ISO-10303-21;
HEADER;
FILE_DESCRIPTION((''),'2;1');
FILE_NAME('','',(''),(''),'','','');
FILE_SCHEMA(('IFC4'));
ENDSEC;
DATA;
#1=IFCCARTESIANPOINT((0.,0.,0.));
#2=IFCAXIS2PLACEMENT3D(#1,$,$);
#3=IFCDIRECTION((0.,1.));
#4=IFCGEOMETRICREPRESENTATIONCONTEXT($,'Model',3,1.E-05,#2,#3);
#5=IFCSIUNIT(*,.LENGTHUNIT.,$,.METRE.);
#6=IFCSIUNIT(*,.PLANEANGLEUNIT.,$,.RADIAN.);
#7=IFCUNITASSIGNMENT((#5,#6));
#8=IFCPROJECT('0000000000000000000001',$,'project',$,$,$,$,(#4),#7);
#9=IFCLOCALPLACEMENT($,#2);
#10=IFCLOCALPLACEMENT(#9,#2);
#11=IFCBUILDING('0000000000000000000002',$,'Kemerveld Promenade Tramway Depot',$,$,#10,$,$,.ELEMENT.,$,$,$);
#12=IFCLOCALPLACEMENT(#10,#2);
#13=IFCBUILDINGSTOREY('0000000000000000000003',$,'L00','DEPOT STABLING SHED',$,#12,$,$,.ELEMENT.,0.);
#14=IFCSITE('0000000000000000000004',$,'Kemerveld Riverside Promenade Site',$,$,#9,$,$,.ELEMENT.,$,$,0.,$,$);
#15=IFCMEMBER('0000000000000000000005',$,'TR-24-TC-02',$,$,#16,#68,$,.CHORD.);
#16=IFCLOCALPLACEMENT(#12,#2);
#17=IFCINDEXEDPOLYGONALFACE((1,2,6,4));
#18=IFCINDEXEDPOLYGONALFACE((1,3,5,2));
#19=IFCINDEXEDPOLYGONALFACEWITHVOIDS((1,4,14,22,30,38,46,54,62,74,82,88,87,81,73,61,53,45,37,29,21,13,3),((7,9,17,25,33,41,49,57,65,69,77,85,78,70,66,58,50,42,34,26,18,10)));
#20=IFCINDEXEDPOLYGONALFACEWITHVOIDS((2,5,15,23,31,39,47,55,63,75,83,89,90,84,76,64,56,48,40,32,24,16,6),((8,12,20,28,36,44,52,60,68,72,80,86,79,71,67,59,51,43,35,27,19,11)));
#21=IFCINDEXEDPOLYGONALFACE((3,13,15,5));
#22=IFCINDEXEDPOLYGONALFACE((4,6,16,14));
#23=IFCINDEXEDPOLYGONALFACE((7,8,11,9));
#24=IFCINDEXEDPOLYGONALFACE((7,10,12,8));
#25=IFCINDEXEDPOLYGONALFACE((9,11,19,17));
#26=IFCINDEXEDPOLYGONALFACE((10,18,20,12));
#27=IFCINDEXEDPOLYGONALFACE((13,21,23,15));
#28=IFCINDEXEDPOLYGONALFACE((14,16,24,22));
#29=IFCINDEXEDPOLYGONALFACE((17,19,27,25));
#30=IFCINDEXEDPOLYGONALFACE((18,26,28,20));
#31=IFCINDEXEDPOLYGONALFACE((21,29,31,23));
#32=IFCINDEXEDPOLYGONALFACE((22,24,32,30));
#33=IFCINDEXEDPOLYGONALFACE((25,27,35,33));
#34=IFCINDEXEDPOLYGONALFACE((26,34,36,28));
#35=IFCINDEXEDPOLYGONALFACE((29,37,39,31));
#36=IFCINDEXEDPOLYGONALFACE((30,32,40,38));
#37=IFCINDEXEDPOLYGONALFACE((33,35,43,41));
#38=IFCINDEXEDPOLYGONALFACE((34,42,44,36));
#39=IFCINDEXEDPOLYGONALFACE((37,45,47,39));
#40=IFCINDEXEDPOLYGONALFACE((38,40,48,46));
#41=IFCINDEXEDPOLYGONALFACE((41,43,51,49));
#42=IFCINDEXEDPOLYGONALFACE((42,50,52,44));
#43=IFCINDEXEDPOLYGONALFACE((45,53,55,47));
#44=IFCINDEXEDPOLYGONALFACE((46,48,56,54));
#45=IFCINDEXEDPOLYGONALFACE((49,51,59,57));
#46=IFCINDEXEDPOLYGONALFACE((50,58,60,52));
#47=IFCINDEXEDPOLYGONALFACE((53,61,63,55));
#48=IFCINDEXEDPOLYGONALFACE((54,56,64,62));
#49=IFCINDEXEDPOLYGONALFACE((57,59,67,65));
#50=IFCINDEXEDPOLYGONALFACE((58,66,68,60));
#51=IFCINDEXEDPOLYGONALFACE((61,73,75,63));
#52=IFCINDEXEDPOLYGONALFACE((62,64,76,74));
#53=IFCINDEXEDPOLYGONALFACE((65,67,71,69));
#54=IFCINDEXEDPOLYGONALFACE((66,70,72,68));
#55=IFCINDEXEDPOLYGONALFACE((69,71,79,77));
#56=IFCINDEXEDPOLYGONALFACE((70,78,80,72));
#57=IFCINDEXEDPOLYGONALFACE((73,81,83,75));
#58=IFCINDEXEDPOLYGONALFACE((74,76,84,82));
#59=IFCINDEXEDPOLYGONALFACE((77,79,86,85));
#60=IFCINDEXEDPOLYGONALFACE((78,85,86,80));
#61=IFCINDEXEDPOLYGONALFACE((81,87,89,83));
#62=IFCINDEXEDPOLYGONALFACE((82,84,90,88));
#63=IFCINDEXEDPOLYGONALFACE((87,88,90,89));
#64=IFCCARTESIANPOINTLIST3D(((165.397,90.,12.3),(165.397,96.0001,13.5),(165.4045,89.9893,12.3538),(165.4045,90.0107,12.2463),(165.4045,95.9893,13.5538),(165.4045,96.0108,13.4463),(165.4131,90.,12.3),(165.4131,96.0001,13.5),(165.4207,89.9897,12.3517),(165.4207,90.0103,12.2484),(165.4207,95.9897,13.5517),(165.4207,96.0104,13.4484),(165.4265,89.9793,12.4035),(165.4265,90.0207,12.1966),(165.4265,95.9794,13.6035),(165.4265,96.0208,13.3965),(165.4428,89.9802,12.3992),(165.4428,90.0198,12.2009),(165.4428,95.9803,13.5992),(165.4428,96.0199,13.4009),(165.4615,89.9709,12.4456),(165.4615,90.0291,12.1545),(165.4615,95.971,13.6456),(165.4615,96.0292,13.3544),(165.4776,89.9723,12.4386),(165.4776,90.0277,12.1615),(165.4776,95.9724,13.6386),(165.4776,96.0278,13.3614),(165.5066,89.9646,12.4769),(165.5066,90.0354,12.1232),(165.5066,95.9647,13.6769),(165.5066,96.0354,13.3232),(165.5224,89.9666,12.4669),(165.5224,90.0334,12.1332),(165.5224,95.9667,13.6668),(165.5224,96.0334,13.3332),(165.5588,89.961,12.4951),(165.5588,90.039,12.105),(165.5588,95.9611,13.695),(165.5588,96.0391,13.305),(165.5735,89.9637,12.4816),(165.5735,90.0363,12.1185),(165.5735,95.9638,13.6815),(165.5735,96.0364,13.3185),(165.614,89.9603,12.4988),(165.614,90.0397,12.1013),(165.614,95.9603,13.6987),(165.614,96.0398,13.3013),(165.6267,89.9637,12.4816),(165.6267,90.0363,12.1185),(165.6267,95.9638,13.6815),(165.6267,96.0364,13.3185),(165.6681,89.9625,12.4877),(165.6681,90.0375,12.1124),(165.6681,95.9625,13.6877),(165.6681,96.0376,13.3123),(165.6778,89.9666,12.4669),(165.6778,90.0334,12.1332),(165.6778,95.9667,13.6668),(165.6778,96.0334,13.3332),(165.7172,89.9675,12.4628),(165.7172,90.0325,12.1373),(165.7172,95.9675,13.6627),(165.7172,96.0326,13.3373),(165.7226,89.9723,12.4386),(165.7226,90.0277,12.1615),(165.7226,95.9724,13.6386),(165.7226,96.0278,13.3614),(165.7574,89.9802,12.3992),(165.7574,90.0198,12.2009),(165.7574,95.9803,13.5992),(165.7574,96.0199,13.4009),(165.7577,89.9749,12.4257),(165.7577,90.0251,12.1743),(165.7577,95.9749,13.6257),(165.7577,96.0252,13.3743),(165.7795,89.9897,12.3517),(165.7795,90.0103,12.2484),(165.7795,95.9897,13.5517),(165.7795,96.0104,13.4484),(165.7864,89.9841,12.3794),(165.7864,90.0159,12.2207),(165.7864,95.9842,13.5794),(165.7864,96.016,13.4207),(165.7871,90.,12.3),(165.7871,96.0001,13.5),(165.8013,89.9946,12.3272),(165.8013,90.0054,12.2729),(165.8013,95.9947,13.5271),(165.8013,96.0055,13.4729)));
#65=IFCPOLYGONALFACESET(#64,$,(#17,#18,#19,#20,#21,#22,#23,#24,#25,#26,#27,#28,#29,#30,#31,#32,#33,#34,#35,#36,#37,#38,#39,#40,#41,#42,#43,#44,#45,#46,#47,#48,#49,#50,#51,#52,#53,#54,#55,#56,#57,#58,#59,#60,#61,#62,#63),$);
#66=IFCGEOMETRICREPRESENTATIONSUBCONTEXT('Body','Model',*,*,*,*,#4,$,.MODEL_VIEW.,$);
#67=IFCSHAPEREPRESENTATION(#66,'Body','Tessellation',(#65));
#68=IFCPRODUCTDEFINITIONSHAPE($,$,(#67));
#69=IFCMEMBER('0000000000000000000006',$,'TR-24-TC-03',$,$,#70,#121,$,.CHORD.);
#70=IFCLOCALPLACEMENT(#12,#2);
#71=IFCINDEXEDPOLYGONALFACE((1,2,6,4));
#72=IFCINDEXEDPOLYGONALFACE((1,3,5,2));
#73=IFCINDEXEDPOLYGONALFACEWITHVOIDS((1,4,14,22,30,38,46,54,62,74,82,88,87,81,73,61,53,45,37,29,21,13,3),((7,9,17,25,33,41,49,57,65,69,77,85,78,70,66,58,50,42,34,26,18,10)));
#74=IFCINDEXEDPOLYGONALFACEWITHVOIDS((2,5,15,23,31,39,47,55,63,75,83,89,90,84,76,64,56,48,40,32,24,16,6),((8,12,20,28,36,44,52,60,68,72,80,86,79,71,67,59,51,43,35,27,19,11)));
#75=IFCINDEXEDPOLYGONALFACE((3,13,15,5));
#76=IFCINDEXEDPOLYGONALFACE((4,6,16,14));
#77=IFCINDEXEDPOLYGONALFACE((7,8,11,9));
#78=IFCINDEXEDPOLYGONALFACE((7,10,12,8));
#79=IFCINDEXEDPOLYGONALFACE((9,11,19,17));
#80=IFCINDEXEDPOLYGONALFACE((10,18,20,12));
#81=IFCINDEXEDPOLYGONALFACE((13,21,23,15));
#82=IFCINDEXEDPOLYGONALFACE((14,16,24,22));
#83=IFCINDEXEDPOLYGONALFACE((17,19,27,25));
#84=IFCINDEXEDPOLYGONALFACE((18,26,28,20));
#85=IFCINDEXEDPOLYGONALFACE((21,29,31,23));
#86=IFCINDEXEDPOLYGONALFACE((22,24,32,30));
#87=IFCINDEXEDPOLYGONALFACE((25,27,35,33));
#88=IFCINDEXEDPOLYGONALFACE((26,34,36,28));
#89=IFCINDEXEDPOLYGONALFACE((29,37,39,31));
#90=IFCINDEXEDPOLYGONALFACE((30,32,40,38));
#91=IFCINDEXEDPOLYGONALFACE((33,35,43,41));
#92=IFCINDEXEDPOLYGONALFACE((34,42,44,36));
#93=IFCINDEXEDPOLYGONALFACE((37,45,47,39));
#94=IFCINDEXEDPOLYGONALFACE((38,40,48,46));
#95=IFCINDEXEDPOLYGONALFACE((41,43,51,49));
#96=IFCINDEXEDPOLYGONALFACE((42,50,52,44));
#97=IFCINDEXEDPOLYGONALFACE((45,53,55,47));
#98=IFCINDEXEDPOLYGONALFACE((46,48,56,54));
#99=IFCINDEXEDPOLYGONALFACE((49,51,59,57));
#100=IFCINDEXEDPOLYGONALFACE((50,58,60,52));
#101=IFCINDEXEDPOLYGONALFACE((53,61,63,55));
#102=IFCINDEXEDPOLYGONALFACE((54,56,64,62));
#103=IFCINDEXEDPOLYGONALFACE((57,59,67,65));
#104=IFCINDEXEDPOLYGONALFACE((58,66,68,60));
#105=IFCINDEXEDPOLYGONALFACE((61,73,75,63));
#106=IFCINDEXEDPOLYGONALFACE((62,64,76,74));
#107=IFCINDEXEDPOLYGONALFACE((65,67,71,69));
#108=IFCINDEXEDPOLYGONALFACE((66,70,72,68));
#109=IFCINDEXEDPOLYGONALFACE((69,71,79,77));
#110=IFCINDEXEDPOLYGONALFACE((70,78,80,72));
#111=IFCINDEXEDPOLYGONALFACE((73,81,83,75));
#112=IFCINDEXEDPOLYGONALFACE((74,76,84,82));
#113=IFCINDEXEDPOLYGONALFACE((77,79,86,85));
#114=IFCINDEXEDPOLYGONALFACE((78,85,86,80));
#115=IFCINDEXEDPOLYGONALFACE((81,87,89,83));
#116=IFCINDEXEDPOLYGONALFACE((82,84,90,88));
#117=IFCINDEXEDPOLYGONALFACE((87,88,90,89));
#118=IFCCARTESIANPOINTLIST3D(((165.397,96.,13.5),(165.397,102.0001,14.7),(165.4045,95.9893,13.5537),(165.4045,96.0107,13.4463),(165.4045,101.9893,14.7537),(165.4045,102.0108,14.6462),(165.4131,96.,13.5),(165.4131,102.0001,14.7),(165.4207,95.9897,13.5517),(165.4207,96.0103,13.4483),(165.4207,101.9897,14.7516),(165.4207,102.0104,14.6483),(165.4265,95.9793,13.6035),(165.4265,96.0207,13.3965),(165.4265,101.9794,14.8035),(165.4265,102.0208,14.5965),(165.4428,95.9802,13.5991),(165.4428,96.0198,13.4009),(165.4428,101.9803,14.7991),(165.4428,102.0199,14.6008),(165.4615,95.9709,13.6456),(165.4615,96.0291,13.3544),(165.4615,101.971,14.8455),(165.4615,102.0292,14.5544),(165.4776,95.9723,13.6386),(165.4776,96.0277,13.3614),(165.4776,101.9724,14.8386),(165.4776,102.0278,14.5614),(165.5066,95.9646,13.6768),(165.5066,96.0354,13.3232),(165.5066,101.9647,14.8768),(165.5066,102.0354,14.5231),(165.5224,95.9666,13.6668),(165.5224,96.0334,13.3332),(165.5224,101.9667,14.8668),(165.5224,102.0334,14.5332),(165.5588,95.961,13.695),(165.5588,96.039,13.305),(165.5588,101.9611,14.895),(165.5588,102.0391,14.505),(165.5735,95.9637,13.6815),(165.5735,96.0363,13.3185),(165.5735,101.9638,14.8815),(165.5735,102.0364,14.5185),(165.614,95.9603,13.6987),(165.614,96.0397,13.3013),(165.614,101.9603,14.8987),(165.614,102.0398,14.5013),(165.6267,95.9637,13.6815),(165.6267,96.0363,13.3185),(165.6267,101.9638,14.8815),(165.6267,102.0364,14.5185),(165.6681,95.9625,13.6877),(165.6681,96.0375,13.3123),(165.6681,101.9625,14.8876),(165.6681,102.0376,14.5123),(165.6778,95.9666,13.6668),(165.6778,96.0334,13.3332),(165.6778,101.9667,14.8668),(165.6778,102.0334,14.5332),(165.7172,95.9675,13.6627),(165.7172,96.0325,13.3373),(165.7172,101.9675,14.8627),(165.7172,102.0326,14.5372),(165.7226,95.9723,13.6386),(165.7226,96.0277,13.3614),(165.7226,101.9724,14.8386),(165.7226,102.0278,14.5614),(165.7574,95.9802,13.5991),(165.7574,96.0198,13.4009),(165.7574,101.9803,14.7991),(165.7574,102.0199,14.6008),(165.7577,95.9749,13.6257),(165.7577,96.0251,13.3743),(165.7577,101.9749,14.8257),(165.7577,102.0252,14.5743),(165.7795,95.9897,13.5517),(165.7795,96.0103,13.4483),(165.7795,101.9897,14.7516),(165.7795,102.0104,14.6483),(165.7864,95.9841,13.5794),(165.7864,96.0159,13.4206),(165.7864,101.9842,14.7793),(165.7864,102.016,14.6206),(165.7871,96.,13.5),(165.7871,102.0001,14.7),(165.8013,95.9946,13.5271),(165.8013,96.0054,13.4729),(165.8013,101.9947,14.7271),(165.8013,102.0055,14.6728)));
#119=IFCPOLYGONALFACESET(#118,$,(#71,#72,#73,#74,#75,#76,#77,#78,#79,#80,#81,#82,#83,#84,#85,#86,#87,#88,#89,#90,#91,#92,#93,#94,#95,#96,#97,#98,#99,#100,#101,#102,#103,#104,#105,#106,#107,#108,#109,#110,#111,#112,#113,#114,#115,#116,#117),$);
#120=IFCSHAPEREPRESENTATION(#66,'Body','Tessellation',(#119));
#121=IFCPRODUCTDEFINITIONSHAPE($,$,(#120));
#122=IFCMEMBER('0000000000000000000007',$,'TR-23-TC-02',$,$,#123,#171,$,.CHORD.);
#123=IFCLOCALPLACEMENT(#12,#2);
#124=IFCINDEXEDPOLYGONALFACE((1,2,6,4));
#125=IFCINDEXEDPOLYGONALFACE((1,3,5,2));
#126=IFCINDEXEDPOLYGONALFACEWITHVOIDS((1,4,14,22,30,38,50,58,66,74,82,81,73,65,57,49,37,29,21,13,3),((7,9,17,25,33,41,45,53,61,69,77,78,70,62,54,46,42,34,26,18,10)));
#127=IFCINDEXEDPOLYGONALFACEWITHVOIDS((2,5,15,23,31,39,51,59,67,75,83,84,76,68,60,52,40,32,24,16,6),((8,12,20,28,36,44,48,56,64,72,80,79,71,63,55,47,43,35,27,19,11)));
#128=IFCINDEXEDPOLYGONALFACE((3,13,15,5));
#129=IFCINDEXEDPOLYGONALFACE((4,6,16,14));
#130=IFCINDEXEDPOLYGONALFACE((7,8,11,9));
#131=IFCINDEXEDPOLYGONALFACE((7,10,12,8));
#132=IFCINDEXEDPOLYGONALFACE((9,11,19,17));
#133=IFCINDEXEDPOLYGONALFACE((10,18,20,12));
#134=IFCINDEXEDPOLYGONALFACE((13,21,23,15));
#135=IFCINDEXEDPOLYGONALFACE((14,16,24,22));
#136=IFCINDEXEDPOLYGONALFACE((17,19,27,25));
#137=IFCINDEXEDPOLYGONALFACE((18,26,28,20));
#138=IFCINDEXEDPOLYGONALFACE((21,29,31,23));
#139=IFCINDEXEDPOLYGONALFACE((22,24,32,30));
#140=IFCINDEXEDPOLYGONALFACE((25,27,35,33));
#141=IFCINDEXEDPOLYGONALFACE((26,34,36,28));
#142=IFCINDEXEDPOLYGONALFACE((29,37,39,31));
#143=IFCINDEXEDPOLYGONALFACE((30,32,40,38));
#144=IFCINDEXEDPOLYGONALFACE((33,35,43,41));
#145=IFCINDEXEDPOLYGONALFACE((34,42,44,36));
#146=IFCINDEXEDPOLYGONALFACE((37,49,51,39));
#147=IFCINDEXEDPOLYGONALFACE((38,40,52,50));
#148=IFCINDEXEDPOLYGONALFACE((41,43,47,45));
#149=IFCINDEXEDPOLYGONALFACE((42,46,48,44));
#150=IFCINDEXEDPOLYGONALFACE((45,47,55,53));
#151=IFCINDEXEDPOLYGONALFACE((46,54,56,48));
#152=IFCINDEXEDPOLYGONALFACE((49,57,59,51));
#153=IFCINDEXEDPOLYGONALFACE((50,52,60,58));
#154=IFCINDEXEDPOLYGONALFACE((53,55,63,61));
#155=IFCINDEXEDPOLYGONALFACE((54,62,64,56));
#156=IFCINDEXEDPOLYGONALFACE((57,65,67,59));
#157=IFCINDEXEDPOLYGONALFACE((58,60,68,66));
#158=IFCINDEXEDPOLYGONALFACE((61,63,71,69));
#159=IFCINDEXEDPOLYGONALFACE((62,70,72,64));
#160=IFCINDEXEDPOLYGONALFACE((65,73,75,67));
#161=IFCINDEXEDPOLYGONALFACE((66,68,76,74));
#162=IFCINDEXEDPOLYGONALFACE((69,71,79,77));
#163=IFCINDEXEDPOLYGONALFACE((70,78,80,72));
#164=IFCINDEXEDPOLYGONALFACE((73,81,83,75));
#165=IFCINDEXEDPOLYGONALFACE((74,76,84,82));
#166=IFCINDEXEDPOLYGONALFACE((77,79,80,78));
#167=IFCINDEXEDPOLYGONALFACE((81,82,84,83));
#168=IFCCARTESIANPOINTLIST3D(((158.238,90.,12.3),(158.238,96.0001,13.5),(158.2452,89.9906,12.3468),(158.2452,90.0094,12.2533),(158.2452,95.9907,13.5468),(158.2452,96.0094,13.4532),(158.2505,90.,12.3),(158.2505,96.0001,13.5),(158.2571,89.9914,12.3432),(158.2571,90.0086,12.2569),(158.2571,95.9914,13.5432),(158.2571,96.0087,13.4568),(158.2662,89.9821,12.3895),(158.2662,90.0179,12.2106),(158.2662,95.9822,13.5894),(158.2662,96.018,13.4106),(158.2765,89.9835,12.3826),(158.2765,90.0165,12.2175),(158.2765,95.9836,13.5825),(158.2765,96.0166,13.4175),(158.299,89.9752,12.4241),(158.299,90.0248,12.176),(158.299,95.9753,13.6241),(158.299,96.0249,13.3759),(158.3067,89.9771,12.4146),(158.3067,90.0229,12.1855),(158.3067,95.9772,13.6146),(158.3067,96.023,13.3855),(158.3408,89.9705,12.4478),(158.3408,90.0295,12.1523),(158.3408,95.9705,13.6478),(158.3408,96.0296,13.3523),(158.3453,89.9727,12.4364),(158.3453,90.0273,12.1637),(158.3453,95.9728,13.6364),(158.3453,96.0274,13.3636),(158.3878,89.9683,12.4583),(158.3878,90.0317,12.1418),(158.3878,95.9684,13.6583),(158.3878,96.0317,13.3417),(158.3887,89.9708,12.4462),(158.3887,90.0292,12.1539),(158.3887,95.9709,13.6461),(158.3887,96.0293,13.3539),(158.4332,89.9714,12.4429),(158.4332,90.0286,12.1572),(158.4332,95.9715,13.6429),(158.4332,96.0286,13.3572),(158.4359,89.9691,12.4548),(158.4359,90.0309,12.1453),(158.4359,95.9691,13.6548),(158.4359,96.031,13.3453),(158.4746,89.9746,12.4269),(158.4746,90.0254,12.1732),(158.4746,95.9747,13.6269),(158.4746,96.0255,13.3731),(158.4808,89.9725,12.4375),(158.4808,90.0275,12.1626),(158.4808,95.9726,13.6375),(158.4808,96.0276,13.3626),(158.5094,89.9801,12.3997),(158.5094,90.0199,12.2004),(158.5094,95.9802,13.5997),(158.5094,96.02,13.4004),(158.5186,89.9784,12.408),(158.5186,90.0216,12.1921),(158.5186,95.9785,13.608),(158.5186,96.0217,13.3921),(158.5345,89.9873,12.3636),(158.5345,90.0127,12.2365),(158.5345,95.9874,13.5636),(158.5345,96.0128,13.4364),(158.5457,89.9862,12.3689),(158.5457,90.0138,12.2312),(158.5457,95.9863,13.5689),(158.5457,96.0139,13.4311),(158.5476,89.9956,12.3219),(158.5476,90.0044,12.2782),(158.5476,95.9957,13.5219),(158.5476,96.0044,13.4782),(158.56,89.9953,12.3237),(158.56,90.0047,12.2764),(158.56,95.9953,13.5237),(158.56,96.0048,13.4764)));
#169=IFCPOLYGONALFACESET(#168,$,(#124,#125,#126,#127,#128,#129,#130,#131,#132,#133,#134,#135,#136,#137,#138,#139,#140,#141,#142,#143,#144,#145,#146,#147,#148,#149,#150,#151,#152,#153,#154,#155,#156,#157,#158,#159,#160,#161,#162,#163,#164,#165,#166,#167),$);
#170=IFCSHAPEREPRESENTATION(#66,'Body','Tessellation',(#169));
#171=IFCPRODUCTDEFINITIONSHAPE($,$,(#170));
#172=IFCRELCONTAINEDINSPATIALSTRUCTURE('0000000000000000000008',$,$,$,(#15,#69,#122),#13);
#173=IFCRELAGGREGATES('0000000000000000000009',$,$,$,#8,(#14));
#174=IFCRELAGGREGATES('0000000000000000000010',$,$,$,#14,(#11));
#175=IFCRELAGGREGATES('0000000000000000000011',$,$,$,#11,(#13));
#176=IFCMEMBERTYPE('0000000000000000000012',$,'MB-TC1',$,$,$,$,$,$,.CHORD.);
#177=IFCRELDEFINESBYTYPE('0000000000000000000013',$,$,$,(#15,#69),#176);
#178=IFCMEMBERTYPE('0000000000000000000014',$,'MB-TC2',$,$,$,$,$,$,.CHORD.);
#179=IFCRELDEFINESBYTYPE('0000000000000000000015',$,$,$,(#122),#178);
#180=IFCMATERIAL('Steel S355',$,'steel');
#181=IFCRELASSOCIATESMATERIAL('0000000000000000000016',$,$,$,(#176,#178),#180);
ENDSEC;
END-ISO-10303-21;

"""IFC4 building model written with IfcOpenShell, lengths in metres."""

from ifc_helpers import new_model, si_unit, direction, frame, origin, origin_2d, place, context, subcontext, project, spatial, hollow_circle, extrude, material, material_profile, profile_set, type_object, element, save


model = new_model("IFC4")

# Units and contexts
model_context = context("Model", 3, precision=1e-05, world=origin(), true_north=direction((0.0, 1.0)))
body_context = subcontext(model_context, "Body", "Model", "MODEL_VIEW")
ifc_project = project(units=[si_unit("LENGTHUNIT", "METRE"), si_unit("PLANEANGLEUNIT", "RADIAN")], contexts=[model_context])

# Site, building, storey
site_placement = place(None, origin())
site = spatial("IfcSite", under=ifc_project, at=site_placement, Name="Kemerveld Riverside Promenade Site", CompositionType="ELEMENT", RefElevation=0.0)
building_placement = place(site_placement, origin())
building = spatial("IfcBuilding", under=site, at=building_placement, Name="Kemerveld Promenade Tramway Depot", CompositionType="ELEMENT")
storey_placement = place(building_placement, origin())
storey = spatial("IfcBuildingStorey", under=building, at=storey_placement, Name="L00", Description="DEPOT STABLING SHED", CompositionType="ELEMENT", Elevation=0.0)

# Members
ifc_material_1 = material(Name="Steel S355", Category="steel")
ifc_material_profile_1 = material_profile(ifc_material_1, hollow_circle(Radius=0.2031, WallThickness=0.0161, at=origin_2d()), Name="406.4x16.0 CHS")
ifc_profile_set_1 = profile_set([ifc_material_profile_1], Name="Steel S355")
member_type_1 = type_object("IfcMemberType", Name="MB-TC1", PredefinedType="CHORD", material=ifc_profile_set_1)
for number, where, z_axis, x_axis, name in (
    (1, (165.6001, 90.0, 12.3), (0.0, 0.980582, 0.196108), (-1.0, 0.0, 0.0), "TR-24-TC-02"),
    (2, (165.6001, 96.0, 13.5), (0.0, 0.980582, 0.196108), (-1.0, 0.0, 0.0), "TR-24-TC-03"),
):
    element("IfcMember", number, at=place(storey_placement, frame(where, z_axis=z_axis, x_axis=x_axis)), inside=storey, type_object=member_type_1, Name=name, PredefinedType="CHORD", context=body_context, shape_type="SweptSolid", body=[
        extrude(hollow_circle(Radius=0.2031, WallThickness=0.0161, at=origin_2d()), origin(), (0.0, 0.0, 1.0), 6.1189),
    ])
ifc_material_profile_2 = material_profile(ifc_material_1, hollow_circle(Radius=0.1619, WallThickness=0.0125, at=origin_2d()), Name="323.9x12.5 CHS")
ifc_profile_set_2 = profile_set([ifc_material_profile_2], Name="Steel S355")
member_type_2 = type_object("IfcMemberType", Name="MB-TC2", PredefinedType="CHORD", material=ifc_profile_set_2)
for number, where, z_axis, x_axis, name in (
    (3, (158.3999, 90.0, 12.3), (0.0, 0.980582, 0.196108), (-1.0, 0.0, 0.0), "TR-23-TC-02"),
):
    element("IfcMember", number, at=place(storey_placement, frame(where, z_axis=z_axis, x_axis=x_axis)), inside=storey, type_object=member_type_2, Name=name, PredefinedType="CHORD", context=body_context, shape_type="SweptSolid", body=[
        extrude(hollow_circle(Radius=0.1619, WallThickness=0.0125, at=origin_2d()), origin(), (0.0, 0.0, 1.0), 6.1189),
    ])

save(model, "model.ifc")
